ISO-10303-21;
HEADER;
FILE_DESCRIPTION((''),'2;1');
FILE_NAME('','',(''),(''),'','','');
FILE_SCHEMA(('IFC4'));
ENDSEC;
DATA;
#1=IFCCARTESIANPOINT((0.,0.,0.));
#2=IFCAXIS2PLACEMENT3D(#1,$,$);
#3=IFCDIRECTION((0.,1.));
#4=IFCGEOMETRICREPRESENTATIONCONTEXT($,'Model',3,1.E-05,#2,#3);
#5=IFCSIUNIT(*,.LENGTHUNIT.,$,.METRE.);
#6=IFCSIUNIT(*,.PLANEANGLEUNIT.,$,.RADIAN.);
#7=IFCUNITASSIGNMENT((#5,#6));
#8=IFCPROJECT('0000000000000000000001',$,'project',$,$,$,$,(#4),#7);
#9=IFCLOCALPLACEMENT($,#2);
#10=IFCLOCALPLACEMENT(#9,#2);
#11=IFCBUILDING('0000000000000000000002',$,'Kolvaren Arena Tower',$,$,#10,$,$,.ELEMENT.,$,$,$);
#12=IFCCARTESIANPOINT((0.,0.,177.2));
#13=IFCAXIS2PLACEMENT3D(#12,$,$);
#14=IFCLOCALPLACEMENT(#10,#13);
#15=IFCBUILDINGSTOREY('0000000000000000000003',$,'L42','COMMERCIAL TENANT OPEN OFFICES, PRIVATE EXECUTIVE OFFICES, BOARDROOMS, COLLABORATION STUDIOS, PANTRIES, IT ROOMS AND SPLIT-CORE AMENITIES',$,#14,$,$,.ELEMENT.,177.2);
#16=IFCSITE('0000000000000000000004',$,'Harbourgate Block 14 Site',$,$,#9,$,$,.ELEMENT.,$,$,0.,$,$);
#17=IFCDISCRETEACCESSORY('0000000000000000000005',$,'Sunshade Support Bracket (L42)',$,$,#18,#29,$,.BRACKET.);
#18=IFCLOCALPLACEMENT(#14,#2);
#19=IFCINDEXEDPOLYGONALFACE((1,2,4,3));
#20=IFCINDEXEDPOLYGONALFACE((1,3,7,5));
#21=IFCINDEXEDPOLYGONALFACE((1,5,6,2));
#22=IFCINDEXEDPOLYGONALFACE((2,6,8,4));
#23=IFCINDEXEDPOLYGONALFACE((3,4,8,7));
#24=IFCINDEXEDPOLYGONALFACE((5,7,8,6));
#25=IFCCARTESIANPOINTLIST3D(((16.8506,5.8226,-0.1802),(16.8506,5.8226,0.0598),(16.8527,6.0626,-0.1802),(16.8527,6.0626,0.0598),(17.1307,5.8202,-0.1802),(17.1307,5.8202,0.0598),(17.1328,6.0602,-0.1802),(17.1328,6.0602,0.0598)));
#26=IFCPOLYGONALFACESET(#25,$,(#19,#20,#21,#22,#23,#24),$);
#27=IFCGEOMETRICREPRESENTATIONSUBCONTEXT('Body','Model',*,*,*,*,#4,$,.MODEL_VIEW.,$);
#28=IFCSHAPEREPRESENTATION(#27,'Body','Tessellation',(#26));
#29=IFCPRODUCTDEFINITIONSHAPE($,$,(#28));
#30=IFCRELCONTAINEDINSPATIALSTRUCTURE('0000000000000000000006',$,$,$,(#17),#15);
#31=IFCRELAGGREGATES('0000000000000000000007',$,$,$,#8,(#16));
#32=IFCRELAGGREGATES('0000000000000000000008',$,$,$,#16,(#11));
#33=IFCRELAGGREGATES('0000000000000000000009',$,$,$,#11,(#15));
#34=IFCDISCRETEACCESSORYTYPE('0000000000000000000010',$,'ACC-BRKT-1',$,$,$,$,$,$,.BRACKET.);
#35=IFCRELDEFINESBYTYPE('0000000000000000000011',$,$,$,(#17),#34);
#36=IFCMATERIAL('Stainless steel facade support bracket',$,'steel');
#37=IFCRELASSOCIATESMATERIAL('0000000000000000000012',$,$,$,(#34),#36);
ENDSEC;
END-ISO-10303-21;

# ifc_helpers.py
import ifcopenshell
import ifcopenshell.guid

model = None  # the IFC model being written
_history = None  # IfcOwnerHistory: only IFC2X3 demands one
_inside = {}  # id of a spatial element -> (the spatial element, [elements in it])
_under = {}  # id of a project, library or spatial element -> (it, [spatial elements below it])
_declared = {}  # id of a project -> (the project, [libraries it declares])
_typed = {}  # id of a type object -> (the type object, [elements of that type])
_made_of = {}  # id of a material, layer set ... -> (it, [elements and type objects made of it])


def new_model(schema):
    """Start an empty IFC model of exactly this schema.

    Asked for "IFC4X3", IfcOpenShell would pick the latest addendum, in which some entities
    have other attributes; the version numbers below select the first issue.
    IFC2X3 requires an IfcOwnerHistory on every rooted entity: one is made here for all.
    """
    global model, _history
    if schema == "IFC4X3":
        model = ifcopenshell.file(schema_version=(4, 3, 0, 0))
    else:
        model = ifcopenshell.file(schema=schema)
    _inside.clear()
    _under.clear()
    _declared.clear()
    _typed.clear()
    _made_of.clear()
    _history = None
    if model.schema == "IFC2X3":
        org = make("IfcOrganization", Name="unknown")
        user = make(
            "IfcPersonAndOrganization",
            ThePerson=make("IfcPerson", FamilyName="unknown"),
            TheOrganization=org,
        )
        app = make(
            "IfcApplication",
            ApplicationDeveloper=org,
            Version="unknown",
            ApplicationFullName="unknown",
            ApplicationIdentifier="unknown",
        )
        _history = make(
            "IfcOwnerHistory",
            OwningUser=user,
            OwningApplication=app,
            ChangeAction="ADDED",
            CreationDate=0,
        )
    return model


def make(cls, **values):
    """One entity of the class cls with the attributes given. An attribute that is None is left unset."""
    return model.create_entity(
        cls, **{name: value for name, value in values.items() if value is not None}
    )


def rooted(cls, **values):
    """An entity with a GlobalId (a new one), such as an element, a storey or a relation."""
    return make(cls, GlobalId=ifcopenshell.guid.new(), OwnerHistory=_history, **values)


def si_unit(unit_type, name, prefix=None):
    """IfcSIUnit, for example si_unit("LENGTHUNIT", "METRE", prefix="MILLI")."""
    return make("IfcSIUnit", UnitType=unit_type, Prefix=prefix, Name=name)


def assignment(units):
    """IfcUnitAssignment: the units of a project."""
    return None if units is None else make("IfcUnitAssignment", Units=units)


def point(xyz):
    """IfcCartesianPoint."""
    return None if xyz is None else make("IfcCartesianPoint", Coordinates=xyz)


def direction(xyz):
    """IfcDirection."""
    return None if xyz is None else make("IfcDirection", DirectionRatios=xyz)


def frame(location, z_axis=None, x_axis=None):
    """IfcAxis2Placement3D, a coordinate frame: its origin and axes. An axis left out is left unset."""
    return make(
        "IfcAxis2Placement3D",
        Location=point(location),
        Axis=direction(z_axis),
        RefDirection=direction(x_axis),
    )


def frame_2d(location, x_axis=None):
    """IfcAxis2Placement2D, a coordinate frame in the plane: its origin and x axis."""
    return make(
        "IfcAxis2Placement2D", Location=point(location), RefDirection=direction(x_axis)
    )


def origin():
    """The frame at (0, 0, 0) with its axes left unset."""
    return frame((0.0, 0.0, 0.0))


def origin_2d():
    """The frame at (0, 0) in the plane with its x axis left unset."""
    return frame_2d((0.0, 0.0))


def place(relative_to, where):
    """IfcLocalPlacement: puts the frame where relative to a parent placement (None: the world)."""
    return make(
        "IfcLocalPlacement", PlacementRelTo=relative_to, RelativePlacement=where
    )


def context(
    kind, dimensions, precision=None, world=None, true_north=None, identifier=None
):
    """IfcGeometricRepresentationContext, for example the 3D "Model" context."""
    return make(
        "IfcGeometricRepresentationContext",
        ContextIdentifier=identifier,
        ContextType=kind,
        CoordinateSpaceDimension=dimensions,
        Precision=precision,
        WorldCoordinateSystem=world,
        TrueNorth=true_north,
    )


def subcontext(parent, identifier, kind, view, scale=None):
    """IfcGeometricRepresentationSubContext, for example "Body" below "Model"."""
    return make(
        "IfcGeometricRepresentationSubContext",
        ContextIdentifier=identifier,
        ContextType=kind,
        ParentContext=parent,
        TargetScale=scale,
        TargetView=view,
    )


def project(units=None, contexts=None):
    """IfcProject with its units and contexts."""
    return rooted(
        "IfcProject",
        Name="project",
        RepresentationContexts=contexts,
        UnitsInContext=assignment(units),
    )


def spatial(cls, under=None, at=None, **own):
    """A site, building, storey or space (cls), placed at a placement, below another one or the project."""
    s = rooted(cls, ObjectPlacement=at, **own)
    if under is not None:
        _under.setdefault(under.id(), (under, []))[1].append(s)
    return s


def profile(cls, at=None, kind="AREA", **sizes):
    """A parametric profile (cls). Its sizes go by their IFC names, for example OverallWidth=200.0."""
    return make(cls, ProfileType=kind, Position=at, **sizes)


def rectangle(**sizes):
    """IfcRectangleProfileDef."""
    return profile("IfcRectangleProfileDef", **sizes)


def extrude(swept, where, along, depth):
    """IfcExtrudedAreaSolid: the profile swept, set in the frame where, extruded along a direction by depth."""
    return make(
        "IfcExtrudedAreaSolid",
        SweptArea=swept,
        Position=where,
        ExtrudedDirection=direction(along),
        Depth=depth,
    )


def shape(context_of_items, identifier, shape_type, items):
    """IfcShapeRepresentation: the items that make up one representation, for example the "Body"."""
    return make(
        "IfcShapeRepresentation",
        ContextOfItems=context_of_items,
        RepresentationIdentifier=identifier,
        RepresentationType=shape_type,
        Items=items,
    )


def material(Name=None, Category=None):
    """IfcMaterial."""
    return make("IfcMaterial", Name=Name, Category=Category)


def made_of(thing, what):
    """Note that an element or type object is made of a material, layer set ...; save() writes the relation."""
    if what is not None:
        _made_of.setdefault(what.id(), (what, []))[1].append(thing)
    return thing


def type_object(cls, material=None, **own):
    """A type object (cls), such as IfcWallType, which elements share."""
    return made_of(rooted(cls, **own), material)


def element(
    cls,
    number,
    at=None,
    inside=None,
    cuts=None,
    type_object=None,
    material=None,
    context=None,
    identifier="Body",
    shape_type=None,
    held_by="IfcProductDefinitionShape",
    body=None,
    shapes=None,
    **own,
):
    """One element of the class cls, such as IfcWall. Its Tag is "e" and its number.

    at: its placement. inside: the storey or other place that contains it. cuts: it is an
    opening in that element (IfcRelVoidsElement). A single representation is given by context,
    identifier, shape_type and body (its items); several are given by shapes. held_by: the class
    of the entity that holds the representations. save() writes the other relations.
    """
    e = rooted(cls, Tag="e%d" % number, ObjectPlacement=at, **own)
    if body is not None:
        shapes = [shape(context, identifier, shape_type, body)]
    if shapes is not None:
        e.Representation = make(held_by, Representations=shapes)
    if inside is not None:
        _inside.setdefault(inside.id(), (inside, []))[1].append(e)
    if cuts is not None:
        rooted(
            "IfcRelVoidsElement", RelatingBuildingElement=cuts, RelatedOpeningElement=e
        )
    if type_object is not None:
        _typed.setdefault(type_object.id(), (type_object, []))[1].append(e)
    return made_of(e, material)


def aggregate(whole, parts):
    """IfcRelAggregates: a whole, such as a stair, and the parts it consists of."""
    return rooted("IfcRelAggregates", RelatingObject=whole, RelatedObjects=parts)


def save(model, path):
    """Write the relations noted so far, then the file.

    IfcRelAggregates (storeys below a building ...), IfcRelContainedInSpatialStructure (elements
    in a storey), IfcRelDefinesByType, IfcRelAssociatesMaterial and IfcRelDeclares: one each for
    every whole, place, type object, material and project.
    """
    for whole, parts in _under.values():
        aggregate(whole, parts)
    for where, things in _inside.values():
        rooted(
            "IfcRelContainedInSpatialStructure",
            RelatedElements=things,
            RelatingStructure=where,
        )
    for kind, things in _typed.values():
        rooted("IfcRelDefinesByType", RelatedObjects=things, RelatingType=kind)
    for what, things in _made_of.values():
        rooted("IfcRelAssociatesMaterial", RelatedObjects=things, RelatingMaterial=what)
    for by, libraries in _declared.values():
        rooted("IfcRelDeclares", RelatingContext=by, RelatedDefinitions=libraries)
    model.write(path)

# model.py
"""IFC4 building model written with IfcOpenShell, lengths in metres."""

from ifc_helpers import new_model, si_unit, direction, frame, origin, origin_2d, place, context, subcontext, project, spatial, rectangle, extrude, material, type_object, element, save


model = new_model("IFC4")

# Units and contexts
model_context = context("Model", 3, precision=1e-05, world=origin(), true_north=direction((0.0, 1.0)))
body_context = subcontext(model_context, "Body", "Model", "MODEL_VIEW")
ifc_project = project(units=[si_unit("LENGTHUNIT", "METRE"), si_unit("PLANEANGLEUNIT", "RADIAN")], contexts=[model_context])

# Site, building, storey
site_placement = place(None, origin())
site = spatial("IfcSite", under=ifc_project, at=site_placement, Name="Harbourgate Block 14 Site", CompositionType="ELEMENT", RefElevation=0.0)
building_placement = place(site_placement, origin())
building = spatial("IfcBuilding", under=site, at=building_placement, Name="Kolvaren Arena Tower", CompositionType="ELEMENT")
storey_placement = place(building_placement, frame((0.0, 0.0, 177.2)))
storey = spatial("IfcBuildingStorey", under=building, at=storey_placement, Name="L42", Description="COMMERCIAL TENANT OPEN OFFICES, PRIVATE EXECUTIVE OFFICES, BOARDROOMS, COLLABORATION STUDIOS, PANTRIES, IT ROOMS AND SPLIT-CORE AMENITIES", CompositionType="ELEMENT", Elevation=177.2)

# Discrete accessory
ifc_material_1 = material(Name="Stainless steel facade support bracket", Category="steel")
discrete_accessory_type = type_object("IfcDiscreteAccessoryType", Name="ACC-BRKT-1", PredefinedType="BRACKET", material=ifc_material_1)
for number, where, z_axis, x_axis, name in (
    (1, (16.9917, 5.9414, -0.1802), (0.0, 0.0, 1.0), (-0.999962, 0.008727, 0.0), "Sunshade Support Bracket (L42)"),
):
    element("IfcDiscreteAccessory", number, at=place(storey_placement, frame(where, z_axis=z_axis, x_axis=x_axis)), inside=storey, type_object=discrete_accessory_type, Name=name, PredefinedType="BRACKET", context=body_context, shape_type="SweptSolid", body=[
        extrude(rectangle(XDim=0.28, YDim=0.24, at=origin_2d()), origin(), (0.0, 0.0, 1.0), 0.24),
    ])

save(model, "model.ifc")
